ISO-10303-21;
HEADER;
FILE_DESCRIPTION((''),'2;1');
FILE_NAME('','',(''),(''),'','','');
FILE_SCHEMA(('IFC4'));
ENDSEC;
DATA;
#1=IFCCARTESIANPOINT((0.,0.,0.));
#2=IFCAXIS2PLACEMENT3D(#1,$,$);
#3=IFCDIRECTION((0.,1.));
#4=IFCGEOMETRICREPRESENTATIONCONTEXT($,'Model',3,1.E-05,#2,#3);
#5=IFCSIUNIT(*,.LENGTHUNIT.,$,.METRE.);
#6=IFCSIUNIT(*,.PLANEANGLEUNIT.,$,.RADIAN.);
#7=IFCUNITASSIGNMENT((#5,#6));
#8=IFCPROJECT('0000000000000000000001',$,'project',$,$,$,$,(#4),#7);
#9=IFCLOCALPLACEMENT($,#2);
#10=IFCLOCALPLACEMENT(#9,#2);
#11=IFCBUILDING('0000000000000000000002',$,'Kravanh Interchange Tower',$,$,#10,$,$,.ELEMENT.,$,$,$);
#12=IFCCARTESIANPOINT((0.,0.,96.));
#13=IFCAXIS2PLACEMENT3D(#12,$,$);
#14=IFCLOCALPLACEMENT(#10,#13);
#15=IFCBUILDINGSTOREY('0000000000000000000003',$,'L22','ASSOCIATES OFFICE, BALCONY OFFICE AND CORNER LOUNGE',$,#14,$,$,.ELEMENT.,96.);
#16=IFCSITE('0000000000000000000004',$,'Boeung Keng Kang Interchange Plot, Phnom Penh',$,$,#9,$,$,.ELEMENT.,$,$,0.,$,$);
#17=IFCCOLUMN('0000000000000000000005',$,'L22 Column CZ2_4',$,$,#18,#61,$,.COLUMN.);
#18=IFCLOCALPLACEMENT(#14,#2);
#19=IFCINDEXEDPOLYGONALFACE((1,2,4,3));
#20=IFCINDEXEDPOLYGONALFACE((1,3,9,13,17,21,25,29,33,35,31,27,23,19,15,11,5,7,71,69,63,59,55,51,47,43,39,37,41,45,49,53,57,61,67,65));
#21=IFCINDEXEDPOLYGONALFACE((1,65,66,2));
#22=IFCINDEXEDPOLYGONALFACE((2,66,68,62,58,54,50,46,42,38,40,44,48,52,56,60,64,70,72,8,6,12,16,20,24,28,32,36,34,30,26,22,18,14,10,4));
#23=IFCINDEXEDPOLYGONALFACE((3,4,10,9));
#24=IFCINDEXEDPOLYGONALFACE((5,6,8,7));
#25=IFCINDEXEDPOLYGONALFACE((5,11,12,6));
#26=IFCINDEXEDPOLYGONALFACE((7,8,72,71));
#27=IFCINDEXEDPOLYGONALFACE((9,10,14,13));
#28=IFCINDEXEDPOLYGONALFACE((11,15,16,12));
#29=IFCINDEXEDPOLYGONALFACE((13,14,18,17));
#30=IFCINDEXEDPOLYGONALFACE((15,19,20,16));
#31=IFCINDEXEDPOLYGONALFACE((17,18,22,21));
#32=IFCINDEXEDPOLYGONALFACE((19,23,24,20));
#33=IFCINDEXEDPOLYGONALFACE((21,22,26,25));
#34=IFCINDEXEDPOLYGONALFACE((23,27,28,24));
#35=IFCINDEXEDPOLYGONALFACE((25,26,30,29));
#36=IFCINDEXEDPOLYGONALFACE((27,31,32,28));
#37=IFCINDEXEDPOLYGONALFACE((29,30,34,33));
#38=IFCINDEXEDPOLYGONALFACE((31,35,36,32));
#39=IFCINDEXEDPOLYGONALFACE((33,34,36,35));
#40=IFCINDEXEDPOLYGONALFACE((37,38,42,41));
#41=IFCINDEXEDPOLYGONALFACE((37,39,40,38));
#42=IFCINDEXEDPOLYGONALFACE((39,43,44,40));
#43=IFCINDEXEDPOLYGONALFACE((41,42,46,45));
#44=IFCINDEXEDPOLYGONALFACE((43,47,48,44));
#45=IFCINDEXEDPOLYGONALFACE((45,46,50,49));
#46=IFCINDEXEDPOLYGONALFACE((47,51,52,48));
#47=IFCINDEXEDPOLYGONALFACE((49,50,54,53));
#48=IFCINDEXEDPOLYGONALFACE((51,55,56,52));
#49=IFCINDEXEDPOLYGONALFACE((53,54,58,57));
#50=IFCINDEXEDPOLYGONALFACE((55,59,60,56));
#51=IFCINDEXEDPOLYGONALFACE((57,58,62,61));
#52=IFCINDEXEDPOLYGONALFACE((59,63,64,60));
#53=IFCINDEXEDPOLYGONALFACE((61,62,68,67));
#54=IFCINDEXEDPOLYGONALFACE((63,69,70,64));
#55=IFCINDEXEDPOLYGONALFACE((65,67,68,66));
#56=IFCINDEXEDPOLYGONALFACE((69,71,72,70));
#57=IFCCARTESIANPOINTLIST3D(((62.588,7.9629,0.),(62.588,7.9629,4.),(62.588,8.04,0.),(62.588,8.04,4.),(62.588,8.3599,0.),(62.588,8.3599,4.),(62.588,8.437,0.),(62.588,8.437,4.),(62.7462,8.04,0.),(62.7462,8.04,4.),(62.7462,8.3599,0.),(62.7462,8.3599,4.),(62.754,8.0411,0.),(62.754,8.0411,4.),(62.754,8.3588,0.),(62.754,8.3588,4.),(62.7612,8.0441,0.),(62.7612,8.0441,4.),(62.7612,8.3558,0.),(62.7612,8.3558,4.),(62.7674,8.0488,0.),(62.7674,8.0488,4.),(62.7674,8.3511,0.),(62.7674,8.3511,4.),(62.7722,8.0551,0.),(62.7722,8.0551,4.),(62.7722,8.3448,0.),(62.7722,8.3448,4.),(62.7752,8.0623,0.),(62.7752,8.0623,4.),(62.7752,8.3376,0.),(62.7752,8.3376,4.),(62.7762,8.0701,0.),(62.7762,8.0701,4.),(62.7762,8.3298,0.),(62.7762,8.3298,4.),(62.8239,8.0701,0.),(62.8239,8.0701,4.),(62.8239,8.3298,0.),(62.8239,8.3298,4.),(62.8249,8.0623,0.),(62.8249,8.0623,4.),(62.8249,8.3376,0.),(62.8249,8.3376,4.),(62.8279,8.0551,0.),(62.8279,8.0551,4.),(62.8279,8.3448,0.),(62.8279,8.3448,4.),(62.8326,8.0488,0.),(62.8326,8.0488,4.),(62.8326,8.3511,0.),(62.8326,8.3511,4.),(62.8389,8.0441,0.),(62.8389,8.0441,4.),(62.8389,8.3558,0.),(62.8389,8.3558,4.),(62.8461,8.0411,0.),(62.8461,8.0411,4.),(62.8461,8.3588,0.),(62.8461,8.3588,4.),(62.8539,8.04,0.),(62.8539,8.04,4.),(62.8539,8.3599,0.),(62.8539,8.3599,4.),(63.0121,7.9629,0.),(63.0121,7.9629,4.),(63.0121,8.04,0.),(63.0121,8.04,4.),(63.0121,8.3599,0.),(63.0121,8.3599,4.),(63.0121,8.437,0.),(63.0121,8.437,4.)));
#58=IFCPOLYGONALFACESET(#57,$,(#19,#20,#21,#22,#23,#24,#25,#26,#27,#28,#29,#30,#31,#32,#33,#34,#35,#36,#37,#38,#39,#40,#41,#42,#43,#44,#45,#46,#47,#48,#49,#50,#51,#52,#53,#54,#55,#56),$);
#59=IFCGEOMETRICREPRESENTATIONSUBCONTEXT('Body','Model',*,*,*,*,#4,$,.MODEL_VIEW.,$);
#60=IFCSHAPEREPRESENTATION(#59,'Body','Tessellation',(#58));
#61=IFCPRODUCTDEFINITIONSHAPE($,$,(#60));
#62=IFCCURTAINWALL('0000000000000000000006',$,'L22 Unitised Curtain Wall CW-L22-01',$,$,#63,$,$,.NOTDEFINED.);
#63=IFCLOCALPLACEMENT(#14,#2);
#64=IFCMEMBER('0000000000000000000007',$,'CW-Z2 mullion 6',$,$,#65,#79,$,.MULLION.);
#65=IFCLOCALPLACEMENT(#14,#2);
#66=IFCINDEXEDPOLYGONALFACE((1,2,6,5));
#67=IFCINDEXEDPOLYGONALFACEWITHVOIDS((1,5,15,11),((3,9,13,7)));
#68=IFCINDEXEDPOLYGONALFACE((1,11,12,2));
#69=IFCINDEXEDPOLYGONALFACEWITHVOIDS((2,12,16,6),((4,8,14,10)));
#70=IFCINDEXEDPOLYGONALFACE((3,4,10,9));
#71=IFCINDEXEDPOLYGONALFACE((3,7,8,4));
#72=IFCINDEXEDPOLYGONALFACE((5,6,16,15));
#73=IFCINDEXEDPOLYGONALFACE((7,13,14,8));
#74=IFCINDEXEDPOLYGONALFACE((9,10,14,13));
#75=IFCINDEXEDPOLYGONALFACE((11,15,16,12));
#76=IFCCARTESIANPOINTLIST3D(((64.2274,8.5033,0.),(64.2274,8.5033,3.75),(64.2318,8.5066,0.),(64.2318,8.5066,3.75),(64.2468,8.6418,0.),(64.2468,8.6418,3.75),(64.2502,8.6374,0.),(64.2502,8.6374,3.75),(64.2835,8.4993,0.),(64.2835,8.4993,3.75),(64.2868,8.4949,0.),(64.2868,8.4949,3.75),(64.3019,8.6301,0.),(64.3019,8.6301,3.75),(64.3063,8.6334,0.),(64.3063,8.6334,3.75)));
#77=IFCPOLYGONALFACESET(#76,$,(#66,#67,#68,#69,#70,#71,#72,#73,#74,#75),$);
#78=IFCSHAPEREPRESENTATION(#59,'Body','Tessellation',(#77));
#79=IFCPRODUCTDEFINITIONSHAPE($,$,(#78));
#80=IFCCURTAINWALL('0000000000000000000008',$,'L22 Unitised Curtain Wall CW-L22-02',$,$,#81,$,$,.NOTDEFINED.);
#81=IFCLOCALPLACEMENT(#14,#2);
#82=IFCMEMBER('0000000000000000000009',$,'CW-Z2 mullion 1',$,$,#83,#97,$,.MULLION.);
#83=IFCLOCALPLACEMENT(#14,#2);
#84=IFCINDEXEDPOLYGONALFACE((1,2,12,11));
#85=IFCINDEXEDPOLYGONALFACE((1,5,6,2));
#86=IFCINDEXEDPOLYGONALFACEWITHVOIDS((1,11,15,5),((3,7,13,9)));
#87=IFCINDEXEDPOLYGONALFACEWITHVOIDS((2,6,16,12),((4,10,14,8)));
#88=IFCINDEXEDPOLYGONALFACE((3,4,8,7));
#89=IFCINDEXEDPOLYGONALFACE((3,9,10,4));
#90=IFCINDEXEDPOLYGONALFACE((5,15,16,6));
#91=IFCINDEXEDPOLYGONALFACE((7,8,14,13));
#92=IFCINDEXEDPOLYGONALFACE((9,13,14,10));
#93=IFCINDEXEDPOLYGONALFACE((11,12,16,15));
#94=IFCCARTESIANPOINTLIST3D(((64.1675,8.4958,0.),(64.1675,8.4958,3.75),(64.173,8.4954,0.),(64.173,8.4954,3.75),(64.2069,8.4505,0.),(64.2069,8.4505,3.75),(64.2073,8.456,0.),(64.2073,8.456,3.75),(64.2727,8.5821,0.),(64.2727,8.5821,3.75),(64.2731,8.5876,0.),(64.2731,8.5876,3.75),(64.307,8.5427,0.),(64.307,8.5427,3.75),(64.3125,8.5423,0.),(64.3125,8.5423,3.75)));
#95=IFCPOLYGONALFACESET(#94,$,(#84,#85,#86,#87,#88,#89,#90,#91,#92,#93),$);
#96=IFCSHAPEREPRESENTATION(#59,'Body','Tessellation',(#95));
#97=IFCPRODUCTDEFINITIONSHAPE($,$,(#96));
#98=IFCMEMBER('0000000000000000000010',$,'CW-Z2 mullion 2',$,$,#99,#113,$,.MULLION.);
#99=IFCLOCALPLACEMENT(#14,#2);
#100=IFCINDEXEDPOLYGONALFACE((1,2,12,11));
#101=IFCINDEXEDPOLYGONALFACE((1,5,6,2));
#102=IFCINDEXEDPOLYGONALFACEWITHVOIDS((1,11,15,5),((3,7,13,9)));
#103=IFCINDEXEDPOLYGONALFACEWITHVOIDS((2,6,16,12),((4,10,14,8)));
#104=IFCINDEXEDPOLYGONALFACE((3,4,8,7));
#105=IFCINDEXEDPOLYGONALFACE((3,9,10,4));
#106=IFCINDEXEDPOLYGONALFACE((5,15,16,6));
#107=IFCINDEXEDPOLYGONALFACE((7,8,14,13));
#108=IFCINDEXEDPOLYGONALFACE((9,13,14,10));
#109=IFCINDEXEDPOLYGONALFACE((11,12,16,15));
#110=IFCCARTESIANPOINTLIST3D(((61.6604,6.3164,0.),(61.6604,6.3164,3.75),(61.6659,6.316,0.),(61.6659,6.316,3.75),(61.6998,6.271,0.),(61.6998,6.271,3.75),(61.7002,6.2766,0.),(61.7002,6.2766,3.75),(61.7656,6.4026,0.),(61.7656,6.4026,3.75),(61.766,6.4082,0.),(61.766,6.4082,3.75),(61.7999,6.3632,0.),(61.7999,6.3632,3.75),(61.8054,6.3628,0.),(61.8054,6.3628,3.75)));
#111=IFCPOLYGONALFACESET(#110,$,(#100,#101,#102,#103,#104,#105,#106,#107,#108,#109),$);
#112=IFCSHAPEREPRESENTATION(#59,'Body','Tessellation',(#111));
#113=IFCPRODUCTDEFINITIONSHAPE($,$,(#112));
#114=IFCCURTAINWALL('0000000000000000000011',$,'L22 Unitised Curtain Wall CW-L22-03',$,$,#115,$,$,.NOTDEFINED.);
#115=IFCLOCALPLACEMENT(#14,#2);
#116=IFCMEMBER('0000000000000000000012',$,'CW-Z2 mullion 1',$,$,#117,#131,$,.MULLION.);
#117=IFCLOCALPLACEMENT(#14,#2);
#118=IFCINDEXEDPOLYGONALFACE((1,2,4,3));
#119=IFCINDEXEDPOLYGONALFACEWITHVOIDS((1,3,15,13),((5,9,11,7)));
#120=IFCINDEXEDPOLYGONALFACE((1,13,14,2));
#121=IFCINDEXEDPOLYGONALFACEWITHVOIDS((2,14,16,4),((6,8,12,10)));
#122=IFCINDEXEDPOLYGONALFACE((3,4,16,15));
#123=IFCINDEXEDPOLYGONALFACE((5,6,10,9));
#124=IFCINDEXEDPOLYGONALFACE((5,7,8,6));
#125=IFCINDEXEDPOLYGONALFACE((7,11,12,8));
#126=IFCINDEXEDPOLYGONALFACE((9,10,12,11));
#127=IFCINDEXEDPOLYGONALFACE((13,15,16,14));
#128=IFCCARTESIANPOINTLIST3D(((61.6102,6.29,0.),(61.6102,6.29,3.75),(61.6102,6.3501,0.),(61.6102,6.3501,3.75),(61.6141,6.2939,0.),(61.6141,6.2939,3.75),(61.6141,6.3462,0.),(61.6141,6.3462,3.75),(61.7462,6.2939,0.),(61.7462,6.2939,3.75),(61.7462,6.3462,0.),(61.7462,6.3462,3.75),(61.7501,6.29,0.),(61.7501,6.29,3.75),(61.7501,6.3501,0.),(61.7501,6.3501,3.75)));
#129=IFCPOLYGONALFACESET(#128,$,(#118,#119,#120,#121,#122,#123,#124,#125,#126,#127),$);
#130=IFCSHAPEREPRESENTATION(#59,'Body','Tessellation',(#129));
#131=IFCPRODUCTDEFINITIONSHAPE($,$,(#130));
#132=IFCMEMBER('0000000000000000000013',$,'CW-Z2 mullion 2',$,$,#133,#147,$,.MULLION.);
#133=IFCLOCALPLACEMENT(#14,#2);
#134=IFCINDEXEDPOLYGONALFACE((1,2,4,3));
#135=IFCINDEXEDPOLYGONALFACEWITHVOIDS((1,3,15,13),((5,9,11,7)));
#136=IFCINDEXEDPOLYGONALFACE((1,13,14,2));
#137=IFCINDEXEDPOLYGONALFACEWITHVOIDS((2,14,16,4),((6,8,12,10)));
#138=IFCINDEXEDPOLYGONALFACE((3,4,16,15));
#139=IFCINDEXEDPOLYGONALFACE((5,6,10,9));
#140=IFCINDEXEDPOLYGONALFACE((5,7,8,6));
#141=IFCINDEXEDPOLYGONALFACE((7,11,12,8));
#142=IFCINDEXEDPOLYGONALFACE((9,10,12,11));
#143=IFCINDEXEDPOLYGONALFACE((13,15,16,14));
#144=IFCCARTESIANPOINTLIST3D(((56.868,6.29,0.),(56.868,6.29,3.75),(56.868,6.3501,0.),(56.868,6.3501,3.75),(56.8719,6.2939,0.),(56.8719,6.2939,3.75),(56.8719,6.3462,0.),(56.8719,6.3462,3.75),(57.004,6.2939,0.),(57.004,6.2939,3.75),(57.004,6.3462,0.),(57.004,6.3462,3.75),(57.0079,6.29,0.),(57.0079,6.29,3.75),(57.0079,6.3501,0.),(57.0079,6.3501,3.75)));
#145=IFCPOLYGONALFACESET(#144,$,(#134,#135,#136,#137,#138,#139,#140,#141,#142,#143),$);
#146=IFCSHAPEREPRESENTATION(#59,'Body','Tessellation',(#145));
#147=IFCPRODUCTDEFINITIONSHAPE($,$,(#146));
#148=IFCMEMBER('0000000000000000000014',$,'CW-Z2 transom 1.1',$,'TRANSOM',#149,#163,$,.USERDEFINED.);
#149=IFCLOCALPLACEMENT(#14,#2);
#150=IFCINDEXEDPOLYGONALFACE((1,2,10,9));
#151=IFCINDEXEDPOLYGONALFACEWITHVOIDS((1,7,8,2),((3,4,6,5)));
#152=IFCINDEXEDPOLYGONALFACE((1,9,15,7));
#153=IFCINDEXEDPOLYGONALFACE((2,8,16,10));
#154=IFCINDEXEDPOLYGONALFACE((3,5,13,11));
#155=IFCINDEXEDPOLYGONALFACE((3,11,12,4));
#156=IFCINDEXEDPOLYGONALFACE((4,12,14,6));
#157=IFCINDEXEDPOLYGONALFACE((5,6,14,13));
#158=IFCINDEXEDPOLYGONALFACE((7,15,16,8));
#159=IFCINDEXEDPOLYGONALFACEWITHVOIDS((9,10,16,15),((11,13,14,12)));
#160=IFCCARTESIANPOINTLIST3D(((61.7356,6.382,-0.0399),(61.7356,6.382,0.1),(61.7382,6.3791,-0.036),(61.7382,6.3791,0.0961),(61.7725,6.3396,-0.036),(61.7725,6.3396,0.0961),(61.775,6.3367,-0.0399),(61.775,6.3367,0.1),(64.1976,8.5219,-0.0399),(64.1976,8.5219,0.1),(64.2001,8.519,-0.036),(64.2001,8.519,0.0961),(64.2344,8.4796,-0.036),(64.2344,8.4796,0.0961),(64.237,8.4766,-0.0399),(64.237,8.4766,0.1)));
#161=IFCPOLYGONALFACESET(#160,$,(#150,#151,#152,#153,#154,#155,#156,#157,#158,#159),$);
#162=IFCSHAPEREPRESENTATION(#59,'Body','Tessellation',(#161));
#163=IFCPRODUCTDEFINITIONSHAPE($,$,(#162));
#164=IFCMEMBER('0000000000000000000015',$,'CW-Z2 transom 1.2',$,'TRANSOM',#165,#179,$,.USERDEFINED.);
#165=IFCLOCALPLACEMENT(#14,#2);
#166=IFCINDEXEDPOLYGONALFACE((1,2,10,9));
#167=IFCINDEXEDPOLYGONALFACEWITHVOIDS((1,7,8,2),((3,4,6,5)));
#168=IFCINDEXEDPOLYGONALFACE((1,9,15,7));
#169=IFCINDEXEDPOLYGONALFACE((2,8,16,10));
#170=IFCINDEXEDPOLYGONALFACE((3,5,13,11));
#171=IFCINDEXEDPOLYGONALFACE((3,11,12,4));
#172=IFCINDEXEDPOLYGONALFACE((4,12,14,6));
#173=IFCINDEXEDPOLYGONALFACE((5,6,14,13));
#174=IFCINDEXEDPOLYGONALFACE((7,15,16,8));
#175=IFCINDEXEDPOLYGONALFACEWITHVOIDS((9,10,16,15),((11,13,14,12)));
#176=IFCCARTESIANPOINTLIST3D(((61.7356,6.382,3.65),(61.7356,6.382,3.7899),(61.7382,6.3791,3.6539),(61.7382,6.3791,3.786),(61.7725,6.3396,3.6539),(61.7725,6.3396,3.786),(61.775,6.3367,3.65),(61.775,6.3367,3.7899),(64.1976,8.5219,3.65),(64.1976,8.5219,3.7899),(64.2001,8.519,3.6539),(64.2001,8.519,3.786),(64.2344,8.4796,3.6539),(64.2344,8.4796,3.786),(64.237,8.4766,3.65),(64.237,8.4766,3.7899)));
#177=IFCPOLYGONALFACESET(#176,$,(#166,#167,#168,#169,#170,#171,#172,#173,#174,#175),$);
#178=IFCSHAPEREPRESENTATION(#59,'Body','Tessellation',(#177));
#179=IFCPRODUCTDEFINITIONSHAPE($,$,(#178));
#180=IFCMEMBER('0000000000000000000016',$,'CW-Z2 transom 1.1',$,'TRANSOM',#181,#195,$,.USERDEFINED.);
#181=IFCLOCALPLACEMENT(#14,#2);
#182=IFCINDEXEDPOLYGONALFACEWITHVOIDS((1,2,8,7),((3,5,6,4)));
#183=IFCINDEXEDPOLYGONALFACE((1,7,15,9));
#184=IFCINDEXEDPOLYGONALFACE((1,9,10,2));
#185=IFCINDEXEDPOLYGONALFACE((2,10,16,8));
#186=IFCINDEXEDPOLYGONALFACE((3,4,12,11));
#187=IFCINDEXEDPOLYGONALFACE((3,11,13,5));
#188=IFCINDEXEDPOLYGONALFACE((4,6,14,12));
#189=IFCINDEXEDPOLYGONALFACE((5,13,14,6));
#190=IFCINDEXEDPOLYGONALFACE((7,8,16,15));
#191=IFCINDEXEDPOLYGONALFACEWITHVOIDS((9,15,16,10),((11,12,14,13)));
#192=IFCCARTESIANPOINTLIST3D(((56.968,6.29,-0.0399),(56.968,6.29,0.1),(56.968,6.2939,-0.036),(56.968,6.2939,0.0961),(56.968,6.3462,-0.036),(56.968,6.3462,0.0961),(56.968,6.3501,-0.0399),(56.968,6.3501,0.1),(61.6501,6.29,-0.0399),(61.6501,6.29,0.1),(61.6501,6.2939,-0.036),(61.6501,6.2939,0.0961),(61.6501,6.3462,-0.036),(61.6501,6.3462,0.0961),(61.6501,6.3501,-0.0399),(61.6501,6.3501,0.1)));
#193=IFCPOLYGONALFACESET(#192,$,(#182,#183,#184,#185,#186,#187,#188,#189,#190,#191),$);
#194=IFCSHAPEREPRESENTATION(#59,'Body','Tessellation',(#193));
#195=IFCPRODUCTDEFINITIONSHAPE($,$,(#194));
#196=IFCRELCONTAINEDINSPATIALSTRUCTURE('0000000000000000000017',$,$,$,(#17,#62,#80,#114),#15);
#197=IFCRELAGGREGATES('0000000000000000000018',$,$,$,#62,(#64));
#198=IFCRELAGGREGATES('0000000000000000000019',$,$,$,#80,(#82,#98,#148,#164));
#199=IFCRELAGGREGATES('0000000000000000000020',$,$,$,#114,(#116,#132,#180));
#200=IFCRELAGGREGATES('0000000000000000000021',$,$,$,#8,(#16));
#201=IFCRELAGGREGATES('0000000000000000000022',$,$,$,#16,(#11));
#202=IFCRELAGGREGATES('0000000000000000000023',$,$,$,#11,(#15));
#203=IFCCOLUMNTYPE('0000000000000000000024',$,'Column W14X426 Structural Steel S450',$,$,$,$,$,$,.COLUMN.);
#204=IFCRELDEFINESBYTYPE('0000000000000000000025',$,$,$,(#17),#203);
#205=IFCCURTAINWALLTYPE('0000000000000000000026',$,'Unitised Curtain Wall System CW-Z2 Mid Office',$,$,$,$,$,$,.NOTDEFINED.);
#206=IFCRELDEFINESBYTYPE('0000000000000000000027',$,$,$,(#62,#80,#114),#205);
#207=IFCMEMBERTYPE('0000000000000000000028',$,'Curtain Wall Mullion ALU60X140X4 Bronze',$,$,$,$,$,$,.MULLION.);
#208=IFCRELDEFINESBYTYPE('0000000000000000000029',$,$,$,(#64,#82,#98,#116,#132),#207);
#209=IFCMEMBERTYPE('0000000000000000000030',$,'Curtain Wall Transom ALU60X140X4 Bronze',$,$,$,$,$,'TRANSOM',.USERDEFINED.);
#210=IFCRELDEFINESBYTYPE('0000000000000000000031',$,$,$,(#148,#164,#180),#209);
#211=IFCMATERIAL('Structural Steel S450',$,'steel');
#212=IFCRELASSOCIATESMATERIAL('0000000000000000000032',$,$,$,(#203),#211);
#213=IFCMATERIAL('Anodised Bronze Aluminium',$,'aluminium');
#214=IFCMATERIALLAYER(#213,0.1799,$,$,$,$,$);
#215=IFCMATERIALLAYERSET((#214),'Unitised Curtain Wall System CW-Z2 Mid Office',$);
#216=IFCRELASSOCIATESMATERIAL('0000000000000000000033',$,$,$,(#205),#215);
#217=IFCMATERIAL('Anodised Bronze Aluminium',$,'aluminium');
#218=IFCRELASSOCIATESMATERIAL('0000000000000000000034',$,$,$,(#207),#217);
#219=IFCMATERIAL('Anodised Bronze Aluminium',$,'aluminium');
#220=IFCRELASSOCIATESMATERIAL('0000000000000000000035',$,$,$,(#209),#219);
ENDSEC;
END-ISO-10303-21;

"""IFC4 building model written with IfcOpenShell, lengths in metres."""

from ifc_helpers import new_model, si_unit, direction, frame, origin, origin_2d, place, context, subcontext, project, spatial, hollow_rectangle, i_section, extrude, material, layer, layer_set, material_profile, profile_set, type_object, element, aggregate, save


model = new_model("IFC4")

# Units and contexts
model_context = context("Model", 3, precision=1e-05, world=origin(), true_north=direction((0.0, 1.0)))
body_context = subcontext(model_context, "Body", "Model", "MODEL_VIEW")
ifc_project = project(units=[si_unit("LENGTHUNIT", "METRE"), si_unit("PLANEANGLEUNIT", "RADIAN")], contexts=[model_context])

# Site, building, storey
site_placement = place(None, origin())
site = spatial("IfcSite", under=ifc_project, at=site_placement, Name="Boeung Keng Kang Interchange Plot, Phnom Penh", CompositionType="ELEMENT", RefElevation=0.0)
building_placement = place(site_placement, origin())
building = spatial("IfcBuilding", under=site, at=building_placement, Name="Kravanh Interchange Tower", CompositionType="ELEMENT")
storey_placement = place(building_placement, frame((0.0, 0.0, 96.0)))
storey = spatial("IfcBuildingStorey", under=building, at=storey_placement, Name="L22", Description="ASSOCIATES OFFICE, BALCONY OFFICE AND CORNER LOUNGE", CompositionType="ELEMENT", Elevation=96.0)

# Column
ifc_material_1 = material(Name="Structural Steel S450", Category="steel")
ifc_material_profile_1 = material_profile(ifc_material_1, i_section(OverallWidth=0.4241, OverallDepth=0.4741, WebThickness=0.0476, FlangeThickness=0.0771, FilletRadius=0.03, at=origin_2d()), Name="W14X426")
ifc_profile_set_1 = profile_set([ifc_material_profile_1], Name="Structural Steel S450")
column_type = type_object("IfcColumnType", Name="Column W14X426 Structural Steel S450", PredefinedType="COLUMN", material=ifc_profile_set_1)
column_placement = place(storey_placement, frame((62.8, 8.2, 0.0), z_axis=(0.0, 0.0, 1.0), x_axis=(1.0, 0.0, 0.0)))
element("IfcColumn", 1, at=column_placement, inside=storey, type_object=column_type, Name="L22 Column CZ2_4", PredefinedType="COLUMN", context=body_context, shape_type="SweptSolid", body=[
    extrude(i_section(OverallWidth=0.4241, OverallDepth=0.4741, WebThickness=0.0476, FlangeThickness=0.0771, FilletRadius=0.03, at=origin_2d()), origin(), (0.0, 0.0, 1.0), 4.0),
])

# Curtain wall, member
ifc_material_2 = material(Name="Anodised Bronze Aluminium", Category="aluminium")
ifc_layer_1 = layer(ifc_material_2, 0.1799)
ifc_layer_set_1 = layer_set([ifc_layer_1], Name="Unitised Curtain Wall System CW-Z2 Mid Office")
curtain_wall_type = type_object("IfcCurtainWallType", Name="Unitised Curtain Wall System CW-Z2 Mid Office", PredefinedType="NOTDEFINED", material=ifc_layer_set_1)
curtain_wall_1_placement = place(storey_placement, origin())
curtain_wall_1 = element("IfcCurtainWall", 2, at=curtain_wall_1_placement, inside=storey, type_object=curtain_wall_type, Name="L22 Unitised Curtain Wall CW-L22-01", PredefinedType="NOTDEFINED")
ifc_material_3 = material(Name="Anodised Bronze Aluminium", Category="aluminium")
ifc_material_profile_2 = material_profile(ifc_material_3, hollow_rectangle(XDim=0.0601, YDim=0.1399, WallThickness=0.0039, at=origin_2d()), Name="ALU60X140X4")
ifc_profile_set_2 = profile_set([ifc_material_profile_2], Name="Anodised Bronze Aluminium")
member_type_1 = type_object("IfcMemberType", Name="Curtain Wall Mullion ALU60X140X4 Bronze", PredefinedType="MULLION", material=ifc_profile_set_2)
member_1_placement = place(storey_placement, frame((64.2668, 8.5684, 0.0), z_axis=(0.0, 0.0, 1.0), x_axis=(0.990268, -0.139173, 0.0)))
member_1 = element("IfcMember", 3, at=member_1_placement, type_object=member_type_1, Name="CW-Z2 mullion 6", PredefinedType="MULLION", context=body_context, shape_type="SweptSolid", body=[
    extrude(hollow_rectangle(XDim=0.0601, YDim=0.1399, WallThickness=0.0039, at=origin_2d()), origin(), (0.0, 0.0, 1.0), 3.75),
])

# Curtain walls, members
curtain_wall_2_placement = place(storey_placement, origin())
curtain_wall_2 = element("IfcCurtainWall", 4, at=curtain_wall_2_placement, inside=storey, type_object=curtain_wall_type, Name="L22 Unitised Curtain Wall CW-L22-02", PredefinedType="NOTDEFINED")
member_2_placement = place(storey_placement, frame((64.24, 8.519, 0.0), z_axis=(0.0, 0.0, 1.0), x_axis=(0.656048, -0.754719, 0.0)))
member_2 = element("IfcMember", 5, at=member_2_placement, type_object=member_type_1, Name="CW-Z2 mullion 1", PredefinedType="MULLION", context=body_context, shape_type="SweptSolid", body=[
    extrude(hollow_rectangle(XDim=0.0601, YDim=0.1399, WallThickness=0.0039, at=origin_2d()), origin(), (0.0, 0.0, 1.0), 3.75),
])
member_3_placement = place(storey_placement, frame((61.7329, 6.3396, 0.0), z_axis=(0.0, 0.0, 1.0), x_axis=(0.656048, -0.754719, 0.0)))
member_3 = element("IfcMember", 6, at=member_3_placement, type_object=member_type_1, Name="CW-Z2 mullion 2", PredefinedType="MULLION", context=body_context, shape_type="SweptSolid", body=[
    extrude(hollow_rectangle(XDim=0.0601, YDim=0.1399, WallThickness=0.0039, at=origin_2d()), origin(), (0.0, 0.0, 1.0), 3.75),
])
curtain_wall_3_placement = place(storey_placement, origin())
curtain_wall_3 = element("IfcCurtainWall", 7, at=curtain_wall_3_placement, inside=storey, type_object=curtain_wall_type, Name="L22 Unitised Curtain Wall CW-L22-03", PredefinedType="NOTDEFINED")
member_4_placement = place(storey_placement, frame((61.6802, 6.3201, 0.0), z_axis=(0.0, 0.0, 1.0), x_axis=(0.0, -1.0, 0.0)))
member_4 = element("IfcMember", 8, at=member_4_placement, type_object=member_type_1, Name="CW-Z2 mullion 1", PredefinedType="MULLION", context=body_context, shape_type="SweptSolid", body=[
    extrude(hollow_rectangle(XDim=0.0601, YDim=0.1399, WallThickness=0.0039, at=origin_2d()), origin(), (0.0, 0.0, 1.0), 3.75),
])
member_5_placement = place(storey_placement, frame((56.938, 6.3201, 0.0), z_axis=(0.0, 0.0, 1.0), x_axis=(0.0, -1.0, 0.0)))
member_5 = element("IfcMember", 9, at=member_5_placement, type_object=member_type_1, Name="CW-Z2 mullion 2", PredefinedType="MULLION", context=body_context, shape_type="SweptSolid", body=[
    extrude(hollow_rectangle(XDim=0.0601, YDim=0.1399, WallThickness=0.0039, at=origin_2d()), origin(), (0.0, 0.0, 1.0), 3.75),
])

# Members
ifc_material_4 = material(Name="Anodised Bronze Aluminium", Category="aluminium")
ifc_material_profile_3 = material_profile(ifc_material_4, hollow_rectangle(XDim=0.0601, YDim=0.1399, WallThickness=0.0039, at=origin_2d()), Name="ALU60X140X4")
ifc_profile_set_3 = profile_set([ifc_material_profile_3], Name="Anodised Bronze Aluminium")
member_type_2 = type_object("IfcMemberType", Name="Curtain Wall Transom ALU60X140X4 Bronze", ElementType="TRANSOM", PredefinedType="USERDEFINED", material=ifc_profile_set_3)
member_6_placement = place(storey_placement, frame((64.2173, 8.4993, 0.03), z_axis=(-0.754742, -0.656021, 0.0), x_axis=(0.656021, -0.754742, 0.0)))
member_6 = element("IfcMember", 10, at=member_6_placement, type_object=member_type_2, Name="CW-Z2 transom 1.1", ObjectType="TRANSOM", PredefinedType="USERDEFINED", context=body_context, shape_type="SweptSolid", body=[
    extrude(hollow_rectangle(XDim=0.0601, YDim=0.1399, WallThickness=0.0039, at=origin_2d()), origin(), (0.0, 0.0, 1.0), 3.262),
])
member_7_placement = place(storey_placement, frame((64.2173, 8.4993, 3.72), z_axis=(-0.754742, -0.656021, 0.0), x_axis=(0.656021, -0.754742, 0.0)))
member_7 = element("IfcMember", 11, at=member_7_placement, type_object=member_type_2, Name="CW-Z2 transom 1.2", ObjectType="TRANSOM", PredefinedType="USERDEFINED", context=body_context, shape_type="SweptSolid", body=[
    extrude(hollow_rectangle(XDim=0.0601, YDim=0.1399, WallThickness=0.0039, at=origin_2d()), origin(), (0.0, 0.0, 1.0), 3.262),
])
member_8_placement = place(storey_placement, frame((61.6501, 6.3201, 0.03), z_axis=(-1.0, 0.0, 0.0), x_axis=(0.0, -1.0, 0.0)))
member_8 = element("IfcMember", 12, at=member_8_placement, type_object=member_type_2, Name="CW-Z2 transom 1.1", ObjectType="TRANSOM", PredefinedType="USERDEFINED", context=body_context, shape_type="SweptSolid", body=[
    extrude(hollow_rectangle(XDim=0.0601, YDim=0.1399, WallThickness=0.0039, at=origin_2d()), origin(), (0.0, 0.0, 1.0), 4.6821),
])

aggregate(curtain_wall_1, [member_1])
aggregate(curtain_wall_2, [member_2, member_3, member_6, member_7])
aggregate(curtain_wall_3, [member_4, member_5, member_8])

save(model, "model.ifc")
